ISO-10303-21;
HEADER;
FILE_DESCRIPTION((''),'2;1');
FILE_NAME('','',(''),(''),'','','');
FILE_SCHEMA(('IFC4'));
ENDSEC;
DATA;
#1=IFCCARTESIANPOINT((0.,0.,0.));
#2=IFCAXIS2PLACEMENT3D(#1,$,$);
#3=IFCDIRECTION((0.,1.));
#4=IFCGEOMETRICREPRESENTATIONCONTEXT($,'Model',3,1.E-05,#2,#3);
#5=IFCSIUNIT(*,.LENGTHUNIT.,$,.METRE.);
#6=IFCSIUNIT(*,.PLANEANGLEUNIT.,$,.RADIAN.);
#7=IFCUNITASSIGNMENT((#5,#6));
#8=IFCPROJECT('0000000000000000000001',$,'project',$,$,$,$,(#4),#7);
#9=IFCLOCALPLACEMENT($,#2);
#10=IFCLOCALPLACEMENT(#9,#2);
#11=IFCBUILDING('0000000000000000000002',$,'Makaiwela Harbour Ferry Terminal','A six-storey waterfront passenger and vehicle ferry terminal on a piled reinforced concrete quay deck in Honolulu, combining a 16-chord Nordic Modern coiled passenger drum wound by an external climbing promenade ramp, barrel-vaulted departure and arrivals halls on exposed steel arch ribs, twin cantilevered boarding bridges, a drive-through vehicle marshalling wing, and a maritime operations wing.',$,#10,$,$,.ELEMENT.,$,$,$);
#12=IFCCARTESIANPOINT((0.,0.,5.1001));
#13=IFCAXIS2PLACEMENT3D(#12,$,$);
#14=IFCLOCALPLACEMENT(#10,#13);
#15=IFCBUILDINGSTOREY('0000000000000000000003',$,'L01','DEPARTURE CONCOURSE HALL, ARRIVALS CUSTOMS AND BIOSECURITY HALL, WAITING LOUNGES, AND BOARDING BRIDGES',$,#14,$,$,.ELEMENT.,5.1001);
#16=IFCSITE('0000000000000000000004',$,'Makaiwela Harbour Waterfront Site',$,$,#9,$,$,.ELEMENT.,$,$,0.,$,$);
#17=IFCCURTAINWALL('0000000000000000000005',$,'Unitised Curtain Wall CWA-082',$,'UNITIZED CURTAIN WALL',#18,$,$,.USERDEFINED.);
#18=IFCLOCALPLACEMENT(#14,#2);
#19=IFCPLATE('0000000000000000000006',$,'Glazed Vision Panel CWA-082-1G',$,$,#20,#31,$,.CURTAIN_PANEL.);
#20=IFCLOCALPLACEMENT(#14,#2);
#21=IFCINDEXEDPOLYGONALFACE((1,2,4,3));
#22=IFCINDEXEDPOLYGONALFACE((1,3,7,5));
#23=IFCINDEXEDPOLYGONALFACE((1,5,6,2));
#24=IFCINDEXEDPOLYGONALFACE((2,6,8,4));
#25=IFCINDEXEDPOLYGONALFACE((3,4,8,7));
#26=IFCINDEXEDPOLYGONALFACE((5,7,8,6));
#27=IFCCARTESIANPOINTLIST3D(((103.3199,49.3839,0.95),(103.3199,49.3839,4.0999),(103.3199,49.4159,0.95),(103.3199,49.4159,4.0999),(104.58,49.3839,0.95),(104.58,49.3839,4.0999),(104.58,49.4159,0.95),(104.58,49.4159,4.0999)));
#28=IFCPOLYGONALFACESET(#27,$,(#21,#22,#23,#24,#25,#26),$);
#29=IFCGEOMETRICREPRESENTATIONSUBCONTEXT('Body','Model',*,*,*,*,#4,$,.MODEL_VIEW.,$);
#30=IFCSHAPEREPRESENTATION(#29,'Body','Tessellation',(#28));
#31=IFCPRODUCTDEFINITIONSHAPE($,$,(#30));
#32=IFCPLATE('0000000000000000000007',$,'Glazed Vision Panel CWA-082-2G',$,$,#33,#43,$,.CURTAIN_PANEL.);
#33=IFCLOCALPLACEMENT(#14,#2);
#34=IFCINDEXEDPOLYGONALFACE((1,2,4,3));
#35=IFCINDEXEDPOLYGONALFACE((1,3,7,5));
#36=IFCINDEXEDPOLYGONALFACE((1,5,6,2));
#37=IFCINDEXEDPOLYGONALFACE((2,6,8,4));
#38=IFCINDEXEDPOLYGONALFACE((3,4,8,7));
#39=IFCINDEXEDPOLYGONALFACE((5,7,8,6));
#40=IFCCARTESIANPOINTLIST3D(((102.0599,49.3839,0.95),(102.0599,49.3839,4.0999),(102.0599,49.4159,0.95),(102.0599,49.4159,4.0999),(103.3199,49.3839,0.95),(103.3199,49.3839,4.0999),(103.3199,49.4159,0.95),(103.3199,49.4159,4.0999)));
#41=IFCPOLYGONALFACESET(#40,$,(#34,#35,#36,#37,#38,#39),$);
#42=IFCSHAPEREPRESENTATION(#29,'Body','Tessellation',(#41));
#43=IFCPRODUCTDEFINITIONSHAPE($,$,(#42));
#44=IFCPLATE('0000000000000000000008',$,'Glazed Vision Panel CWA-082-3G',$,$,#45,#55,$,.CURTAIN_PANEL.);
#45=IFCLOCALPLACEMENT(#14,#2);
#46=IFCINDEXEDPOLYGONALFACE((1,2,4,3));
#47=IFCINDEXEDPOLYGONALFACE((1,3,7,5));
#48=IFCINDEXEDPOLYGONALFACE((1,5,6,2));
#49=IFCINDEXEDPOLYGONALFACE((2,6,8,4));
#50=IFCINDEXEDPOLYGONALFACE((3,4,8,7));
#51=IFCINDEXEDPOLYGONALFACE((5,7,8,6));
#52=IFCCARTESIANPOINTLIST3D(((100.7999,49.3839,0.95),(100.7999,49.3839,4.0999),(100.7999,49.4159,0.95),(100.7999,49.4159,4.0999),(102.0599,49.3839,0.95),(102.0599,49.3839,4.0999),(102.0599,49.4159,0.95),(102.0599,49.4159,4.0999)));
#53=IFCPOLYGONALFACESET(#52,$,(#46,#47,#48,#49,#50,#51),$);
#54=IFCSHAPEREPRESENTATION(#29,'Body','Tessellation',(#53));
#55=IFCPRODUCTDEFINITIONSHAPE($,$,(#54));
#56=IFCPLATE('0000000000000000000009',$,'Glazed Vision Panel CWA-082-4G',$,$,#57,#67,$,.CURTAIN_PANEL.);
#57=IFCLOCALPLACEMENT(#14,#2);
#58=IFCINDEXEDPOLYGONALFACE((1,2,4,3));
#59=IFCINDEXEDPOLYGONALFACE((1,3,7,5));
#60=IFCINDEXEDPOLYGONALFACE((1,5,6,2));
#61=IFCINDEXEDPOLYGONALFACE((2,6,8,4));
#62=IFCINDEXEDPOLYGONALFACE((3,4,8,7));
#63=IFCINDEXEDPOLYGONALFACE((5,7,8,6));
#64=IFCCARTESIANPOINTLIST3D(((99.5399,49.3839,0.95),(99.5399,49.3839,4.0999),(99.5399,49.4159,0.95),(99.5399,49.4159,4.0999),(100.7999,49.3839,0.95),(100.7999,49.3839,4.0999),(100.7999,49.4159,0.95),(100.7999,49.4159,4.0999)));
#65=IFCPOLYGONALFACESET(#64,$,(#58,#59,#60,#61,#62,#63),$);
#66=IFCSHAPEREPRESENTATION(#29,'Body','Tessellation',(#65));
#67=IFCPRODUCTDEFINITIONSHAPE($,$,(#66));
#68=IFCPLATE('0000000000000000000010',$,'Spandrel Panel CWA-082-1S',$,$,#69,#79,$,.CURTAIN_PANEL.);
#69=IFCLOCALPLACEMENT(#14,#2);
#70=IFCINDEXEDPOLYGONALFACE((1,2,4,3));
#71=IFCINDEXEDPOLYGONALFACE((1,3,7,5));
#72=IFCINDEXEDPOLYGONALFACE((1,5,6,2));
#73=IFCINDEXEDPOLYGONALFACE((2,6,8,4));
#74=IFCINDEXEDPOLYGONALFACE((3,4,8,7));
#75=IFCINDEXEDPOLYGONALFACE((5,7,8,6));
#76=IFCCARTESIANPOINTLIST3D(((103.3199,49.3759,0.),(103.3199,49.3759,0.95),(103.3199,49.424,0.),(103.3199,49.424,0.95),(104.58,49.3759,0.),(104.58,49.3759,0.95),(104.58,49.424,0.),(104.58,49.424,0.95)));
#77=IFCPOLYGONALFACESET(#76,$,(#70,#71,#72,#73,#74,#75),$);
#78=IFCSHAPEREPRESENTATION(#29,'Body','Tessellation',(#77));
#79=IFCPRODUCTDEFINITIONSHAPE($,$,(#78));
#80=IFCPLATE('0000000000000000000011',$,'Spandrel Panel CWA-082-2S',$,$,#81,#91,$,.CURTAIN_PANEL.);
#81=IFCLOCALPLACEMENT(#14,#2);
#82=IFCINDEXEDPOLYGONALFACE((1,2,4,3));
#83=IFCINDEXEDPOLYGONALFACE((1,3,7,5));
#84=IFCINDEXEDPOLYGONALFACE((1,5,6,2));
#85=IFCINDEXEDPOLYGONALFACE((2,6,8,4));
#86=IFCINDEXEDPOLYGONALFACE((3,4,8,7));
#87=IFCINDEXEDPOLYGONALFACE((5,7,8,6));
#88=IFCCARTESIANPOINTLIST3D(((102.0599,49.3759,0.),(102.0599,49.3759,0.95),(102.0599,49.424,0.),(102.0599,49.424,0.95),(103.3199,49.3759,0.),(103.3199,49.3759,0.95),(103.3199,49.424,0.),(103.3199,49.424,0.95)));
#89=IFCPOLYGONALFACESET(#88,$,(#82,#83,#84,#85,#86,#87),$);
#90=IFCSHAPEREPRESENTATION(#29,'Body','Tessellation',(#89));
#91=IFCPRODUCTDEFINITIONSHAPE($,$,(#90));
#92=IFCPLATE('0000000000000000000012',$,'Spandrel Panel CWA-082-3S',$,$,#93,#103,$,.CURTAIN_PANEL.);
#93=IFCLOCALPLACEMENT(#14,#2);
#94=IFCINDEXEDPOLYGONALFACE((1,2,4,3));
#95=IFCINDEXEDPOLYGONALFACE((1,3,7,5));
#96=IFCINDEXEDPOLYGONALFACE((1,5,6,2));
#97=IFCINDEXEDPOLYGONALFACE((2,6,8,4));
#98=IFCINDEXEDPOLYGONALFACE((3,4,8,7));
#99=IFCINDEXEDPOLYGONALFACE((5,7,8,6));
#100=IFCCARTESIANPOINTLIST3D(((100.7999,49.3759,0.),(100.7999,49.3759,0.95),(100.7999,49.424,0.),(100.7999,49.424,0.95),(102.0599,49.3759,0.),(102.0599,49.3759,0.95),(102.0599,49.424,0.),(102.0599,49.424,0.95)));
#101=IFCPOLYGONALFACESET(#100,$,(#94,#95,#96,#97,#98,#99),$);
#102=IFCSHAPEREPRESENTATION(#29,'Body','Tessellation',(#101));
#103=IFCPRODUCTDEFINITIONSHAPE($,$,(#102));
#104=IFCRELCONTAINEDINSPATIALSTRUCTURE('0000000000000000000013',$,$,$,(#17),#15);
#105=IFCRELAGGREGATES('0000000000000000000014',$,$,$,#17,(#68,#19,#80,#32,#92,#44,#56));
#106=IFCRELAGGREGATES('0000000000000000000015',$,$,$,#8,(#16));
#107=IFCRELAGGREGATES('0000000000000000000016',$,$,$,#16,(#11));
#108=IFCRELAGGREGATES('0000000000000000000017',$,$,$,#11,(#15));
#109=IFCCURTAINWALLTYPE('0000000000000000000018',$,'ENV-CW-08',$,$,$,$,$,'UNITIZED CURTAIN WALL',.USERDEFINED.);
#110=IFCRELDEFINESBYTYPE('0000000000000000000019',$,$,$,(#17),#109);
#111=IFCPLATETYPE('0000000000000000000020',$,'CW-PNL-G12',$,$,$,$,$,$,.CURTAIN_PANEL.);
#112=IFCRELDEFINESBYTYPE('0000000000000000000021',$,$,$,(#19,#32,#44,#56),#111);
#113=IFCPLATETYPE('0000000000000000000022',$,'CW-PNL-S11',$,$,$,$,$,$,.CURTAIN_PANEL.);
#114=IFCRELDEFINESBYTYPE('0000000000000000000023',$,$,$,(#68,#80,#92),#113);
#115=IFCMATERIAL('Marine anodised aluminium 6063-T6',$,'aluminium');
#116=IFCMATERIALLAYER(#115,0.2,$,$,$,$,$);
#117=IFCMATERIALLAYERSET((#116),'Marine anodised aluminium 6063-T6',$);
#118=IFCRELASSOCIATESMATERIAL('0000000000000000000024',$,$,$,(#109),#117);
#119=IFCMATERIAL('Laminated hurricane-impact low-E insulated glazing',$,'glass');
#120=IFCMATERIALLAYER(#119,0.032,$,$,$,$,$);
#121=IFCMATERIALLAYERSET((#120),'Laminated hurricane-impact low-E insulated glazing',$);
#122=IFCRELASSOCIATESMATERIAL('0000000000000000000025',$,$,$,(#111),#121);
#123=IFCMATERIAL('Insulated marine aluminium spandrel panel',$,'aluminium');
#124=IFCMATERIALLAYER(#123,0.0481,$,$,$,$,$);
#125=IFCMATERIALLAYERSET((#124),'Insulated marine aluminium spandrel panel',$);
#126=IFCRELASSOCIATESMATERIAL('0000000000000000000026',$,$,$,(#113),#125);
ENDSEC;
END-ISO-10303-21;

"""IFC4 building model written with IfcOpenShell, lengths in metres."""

from ifc_helpers import new_model, si_unit, direction, frame, origin, origin_2d, place, context, subcontext, project, spatial, rectangle, extrude, material, layer, layer_set, type_object, element, aggregate, save


model = new_model("IFC4")

# Units and contexts
model_context = context("Model", 3, precision=1e-05, world=origin(), true_north=direction((0.0, 1.0)))
body_context = subcontext(model_context, "Body", "Model", "MODEL_VIEW")
ifc_project = project(units=[si_unit("LENGTHUNIT", "METRE"), si_unit("PLANEANGLEUNIT", "RADIAN")], contexts=[model_context])

# Site, building, storey
site_placement = place(None, origin())
site = spatial("IfcSite", under=ifc_project, at=site_placement, Name="Makaiwela Harbour Waterfront Site", CompositionType="ELEMENT", RefElevation=0.0)
building_placement = place(site_placement, origin())
building = spatial("IfcBuilding", under=site, at=building_placement, Name="Makaiwela Harbour Ferry Terminal", Description="A six-storey waterfront passenger and vehicle ferry terminal on a piled reinforced concrete quay deck in Honolulu, combining a 16-chord Nordic Modern coiled passenger drum wound by an external climbing promenade ramp, barrel-vaulted departure and arrivals halls on exposed steel arch ribs, twin cantilevered boarding bridges, a drive-through vehicle marshalling wing, and a maritime operations wing.", CompositionType="ELEMENT")
storey_placement = place(building_placement, frame((0.0, 0.0, 5.1001)))
storey = spatial("IfcBuildingStorey", under=building, at=storey_placement, Name="L01", Description="DEPARTURE CONCOURSE HALL, ARRIVALS CUSTOMS AND BIOSECURITY HALL, WAITING LOUNGES, AND BOARDING BRIDGES", CompositionType="ELEMENT", Elevation=5.1001)

# Curtain wall
ifc_material_1 = material(Name="Marine anodised aluminium 6063-T6", Category="aluminium")
ifc_layer_1 = layer(ifc_material_1, 0.2)
ifc_layer_set_1 = layer_set([ifc_layer_1], Name="Marine anodised aluminium 6063-T6")
curtain_wall_type = type_object("IfcCurtainWallType", Name="ENV-CW-08", ElementType="UNITIZED CURTAIN WALL", PredefinedType="USERDEFINED", material=ifc_layer_set_1)
curtain_wall_placement = place(storey_placement, origin())
curtain_wall = element("IfcCurtainWall", 1, at=curtain_wall_placement, inside=storey, type_object=curtain_wall_type, Name="Unitised Curtain Wall CWA-082", ObjectType="UNITIZED CURTAIN WALL", PredefinedType="USERDEFINED")

# Plates
ifc_material_2 = material(Name="Laminated hurricane-impact low-E insulated glazing", Category="glass")
ifc_layer_2 = layer(ifc_material_2, 0.032)
ifc_layer_set_2 = layer_set([ifc_layer_2], Name="Laminated hurricane-impact low-E insulated glazing")
plate_type_1 = type_object("IfcPlateType", Name="CW-PNL-G12", PredefinedType="CURTAIN_PANEL", material=ifc_layer_set_2)
plate_1_placement = place(storey_placement, frame((103.95, 49.3999, 0.95), z_axis=(0.0, 0.0, 1.0), x_axis=(-1.0, 0.0, 0.0)))
plate_1 = element("IfcPlate", 2, at=plate_1_placement, type_object=plate_type_1, Name="Glazed Vision Panel CWA-082-1G", PredefinedType="CURTAIN_PANEL", context=body_context, shape_type="SweptSolid", body=[
    extrude(rectangle(XDim=1.26, YDim=0.032, at=origin_2d()), origin(), (0.0, 0.0, 1.0), 3.1499),
])
plate_2_placement = place(storey_placement, frame((102.6899, 49.3999, 0.95), z_axis=(0.0, 0.0, 1.0), x_axis=(-1.0, 0.0, 0.0)))
plate_2 = element("IfcPlate", 3, at=plate_2_placement, type_object=plate_type_1, Name="Glazed Vision Panel CWA-082-2G", PredefinedType="CURTAIN_PANEL", context=body_context, shape_type="SweptSolid", body=[
    extrude(rectangle(XDim=1.26, YDim=0.032, at=origin_2d()), origin(), (0.0, 0.0, 1.0), 3.1499),
])
plate_3_placement = place(storey_placement, frame((101.4299, 49.3999, 0.95), z_axis=(0.0, 0.0, 1.0), x_axis=(-1.0, 0.0, 0.0)))
plate_3 = element("IfcPlate", 4, at=plate_3_placement, type_object=plate_type_1, Name="Glazed Vision Panel CWA-082-3G", PredefinedType="CURTAIN_PANEL", context=body_context, shape_type="SweptSolid", body=[
    extrude(rectangle(XDim=1.26, YDim=0.032, at=origin_2d()), origin(), (0.0, 0.0, 1.0), 3.1499),
])
plate_4_placement = place(storey_placement, frame((100.1699, 49.3999, 0.95), z_axis=(0.0, 0.0, 1.0), x_axis=(-1.0, 0.0, 0.0)))
plate_4 = element("IfcPlate", 5, at=plate_4_placement, type_object=plate_type_1, Name="Glazed Vision Panel CWA-082-4G", PredefinedType="CURTAIN_PANEL", context=body_context, shape_type="SweptSolid", body=[
    extrude(rectangle(XDim=1.26, YDim=0.032, at=origin_2d()), origin(), (0.0, 0.0, 1.0), 3.1499),
])
ifc_material_3 = material(Name="Insulated marine aluminium spandrel panel", Category="aluminium")
ifc_layer_3 = layer(ifc_material_3, 0.0481)
ifc_layer_set_3 = layer_set([ifc_layer_3], Name="Insulated marine aluminium spandrel panel")
plate_type_2 = type_object("IfcPlateType", Name="CW-PNL-S11", PredefinedType="CURTAIN_PANEL", material=ifc_layer_set_3)
plate_5_placement = place(storey_placement, frame((103.95, 49.3999, 0.0), z_axis=(0.0, 0.0, 1.0), x_axis=(-1.0, 0.0, 0.0)))
plate_5 = element("IfcPlate", 6, at=plate_5_placement, type_object=plate_type_2, Name="Spandrel Panel CWA-082-1S", PredefinedType="CURTAIN_PANEL", context=body_context, shape_type="SweptSolid", body=[
    extrude(rectangle(XDim=1.26, YDim=0.0481, at=origin_2d()), origin(), (0.0, 0.0, 1.0), 0.95),
])
plate_6_placement = place(storey_placement, frame((102.6899, 49.3999, 0.0), z_axis=(0.0, 0.0, 1.0), x_axis=(-1.0, 0.0, 0.0)))
plate_6 = element("IfcPlate", 7, at=plate_6_placement, type_object=plate_type_2, Name="Spandrel Panel CWA-082-2S", PredefinedType="CURTAIN_PANEL", context=body_context, shape_type="SweptSolid", body=[
    extrude(rectangle(XDim=1.26, YDim=0.0481, at=origin_2d()), origin(), (0.0, 0.0, 1.0), 0.95),
])
plate_7_placement = place(storey_placement, frame((101.4299, 49.3999, 0.0), z_axis=(0.0, 0.0, 1.0), x_axis=(-1.0, 0.0, 0.0)))
plate_7 = element("IfcPlate", 8, at=plate_7_placement, type_object=plate_type_2, Name="Spandrel Panel CWA-082-3S", PredefinedType="CURTAIN_PANEL", context=body_context, shape_type="SweptSolid", body=[
    extrude(rectangle(XDim=1.26, YDim=0.0481, at=origin_2d()), origin(), (0.0, 0.0, 1.0), 0.95),
])
aggregate(curtain_wall, [plate_5, plate_1, plate_6, plate_2, plate_7, plate_3, plate_4])

save(model, "model.ifc")
